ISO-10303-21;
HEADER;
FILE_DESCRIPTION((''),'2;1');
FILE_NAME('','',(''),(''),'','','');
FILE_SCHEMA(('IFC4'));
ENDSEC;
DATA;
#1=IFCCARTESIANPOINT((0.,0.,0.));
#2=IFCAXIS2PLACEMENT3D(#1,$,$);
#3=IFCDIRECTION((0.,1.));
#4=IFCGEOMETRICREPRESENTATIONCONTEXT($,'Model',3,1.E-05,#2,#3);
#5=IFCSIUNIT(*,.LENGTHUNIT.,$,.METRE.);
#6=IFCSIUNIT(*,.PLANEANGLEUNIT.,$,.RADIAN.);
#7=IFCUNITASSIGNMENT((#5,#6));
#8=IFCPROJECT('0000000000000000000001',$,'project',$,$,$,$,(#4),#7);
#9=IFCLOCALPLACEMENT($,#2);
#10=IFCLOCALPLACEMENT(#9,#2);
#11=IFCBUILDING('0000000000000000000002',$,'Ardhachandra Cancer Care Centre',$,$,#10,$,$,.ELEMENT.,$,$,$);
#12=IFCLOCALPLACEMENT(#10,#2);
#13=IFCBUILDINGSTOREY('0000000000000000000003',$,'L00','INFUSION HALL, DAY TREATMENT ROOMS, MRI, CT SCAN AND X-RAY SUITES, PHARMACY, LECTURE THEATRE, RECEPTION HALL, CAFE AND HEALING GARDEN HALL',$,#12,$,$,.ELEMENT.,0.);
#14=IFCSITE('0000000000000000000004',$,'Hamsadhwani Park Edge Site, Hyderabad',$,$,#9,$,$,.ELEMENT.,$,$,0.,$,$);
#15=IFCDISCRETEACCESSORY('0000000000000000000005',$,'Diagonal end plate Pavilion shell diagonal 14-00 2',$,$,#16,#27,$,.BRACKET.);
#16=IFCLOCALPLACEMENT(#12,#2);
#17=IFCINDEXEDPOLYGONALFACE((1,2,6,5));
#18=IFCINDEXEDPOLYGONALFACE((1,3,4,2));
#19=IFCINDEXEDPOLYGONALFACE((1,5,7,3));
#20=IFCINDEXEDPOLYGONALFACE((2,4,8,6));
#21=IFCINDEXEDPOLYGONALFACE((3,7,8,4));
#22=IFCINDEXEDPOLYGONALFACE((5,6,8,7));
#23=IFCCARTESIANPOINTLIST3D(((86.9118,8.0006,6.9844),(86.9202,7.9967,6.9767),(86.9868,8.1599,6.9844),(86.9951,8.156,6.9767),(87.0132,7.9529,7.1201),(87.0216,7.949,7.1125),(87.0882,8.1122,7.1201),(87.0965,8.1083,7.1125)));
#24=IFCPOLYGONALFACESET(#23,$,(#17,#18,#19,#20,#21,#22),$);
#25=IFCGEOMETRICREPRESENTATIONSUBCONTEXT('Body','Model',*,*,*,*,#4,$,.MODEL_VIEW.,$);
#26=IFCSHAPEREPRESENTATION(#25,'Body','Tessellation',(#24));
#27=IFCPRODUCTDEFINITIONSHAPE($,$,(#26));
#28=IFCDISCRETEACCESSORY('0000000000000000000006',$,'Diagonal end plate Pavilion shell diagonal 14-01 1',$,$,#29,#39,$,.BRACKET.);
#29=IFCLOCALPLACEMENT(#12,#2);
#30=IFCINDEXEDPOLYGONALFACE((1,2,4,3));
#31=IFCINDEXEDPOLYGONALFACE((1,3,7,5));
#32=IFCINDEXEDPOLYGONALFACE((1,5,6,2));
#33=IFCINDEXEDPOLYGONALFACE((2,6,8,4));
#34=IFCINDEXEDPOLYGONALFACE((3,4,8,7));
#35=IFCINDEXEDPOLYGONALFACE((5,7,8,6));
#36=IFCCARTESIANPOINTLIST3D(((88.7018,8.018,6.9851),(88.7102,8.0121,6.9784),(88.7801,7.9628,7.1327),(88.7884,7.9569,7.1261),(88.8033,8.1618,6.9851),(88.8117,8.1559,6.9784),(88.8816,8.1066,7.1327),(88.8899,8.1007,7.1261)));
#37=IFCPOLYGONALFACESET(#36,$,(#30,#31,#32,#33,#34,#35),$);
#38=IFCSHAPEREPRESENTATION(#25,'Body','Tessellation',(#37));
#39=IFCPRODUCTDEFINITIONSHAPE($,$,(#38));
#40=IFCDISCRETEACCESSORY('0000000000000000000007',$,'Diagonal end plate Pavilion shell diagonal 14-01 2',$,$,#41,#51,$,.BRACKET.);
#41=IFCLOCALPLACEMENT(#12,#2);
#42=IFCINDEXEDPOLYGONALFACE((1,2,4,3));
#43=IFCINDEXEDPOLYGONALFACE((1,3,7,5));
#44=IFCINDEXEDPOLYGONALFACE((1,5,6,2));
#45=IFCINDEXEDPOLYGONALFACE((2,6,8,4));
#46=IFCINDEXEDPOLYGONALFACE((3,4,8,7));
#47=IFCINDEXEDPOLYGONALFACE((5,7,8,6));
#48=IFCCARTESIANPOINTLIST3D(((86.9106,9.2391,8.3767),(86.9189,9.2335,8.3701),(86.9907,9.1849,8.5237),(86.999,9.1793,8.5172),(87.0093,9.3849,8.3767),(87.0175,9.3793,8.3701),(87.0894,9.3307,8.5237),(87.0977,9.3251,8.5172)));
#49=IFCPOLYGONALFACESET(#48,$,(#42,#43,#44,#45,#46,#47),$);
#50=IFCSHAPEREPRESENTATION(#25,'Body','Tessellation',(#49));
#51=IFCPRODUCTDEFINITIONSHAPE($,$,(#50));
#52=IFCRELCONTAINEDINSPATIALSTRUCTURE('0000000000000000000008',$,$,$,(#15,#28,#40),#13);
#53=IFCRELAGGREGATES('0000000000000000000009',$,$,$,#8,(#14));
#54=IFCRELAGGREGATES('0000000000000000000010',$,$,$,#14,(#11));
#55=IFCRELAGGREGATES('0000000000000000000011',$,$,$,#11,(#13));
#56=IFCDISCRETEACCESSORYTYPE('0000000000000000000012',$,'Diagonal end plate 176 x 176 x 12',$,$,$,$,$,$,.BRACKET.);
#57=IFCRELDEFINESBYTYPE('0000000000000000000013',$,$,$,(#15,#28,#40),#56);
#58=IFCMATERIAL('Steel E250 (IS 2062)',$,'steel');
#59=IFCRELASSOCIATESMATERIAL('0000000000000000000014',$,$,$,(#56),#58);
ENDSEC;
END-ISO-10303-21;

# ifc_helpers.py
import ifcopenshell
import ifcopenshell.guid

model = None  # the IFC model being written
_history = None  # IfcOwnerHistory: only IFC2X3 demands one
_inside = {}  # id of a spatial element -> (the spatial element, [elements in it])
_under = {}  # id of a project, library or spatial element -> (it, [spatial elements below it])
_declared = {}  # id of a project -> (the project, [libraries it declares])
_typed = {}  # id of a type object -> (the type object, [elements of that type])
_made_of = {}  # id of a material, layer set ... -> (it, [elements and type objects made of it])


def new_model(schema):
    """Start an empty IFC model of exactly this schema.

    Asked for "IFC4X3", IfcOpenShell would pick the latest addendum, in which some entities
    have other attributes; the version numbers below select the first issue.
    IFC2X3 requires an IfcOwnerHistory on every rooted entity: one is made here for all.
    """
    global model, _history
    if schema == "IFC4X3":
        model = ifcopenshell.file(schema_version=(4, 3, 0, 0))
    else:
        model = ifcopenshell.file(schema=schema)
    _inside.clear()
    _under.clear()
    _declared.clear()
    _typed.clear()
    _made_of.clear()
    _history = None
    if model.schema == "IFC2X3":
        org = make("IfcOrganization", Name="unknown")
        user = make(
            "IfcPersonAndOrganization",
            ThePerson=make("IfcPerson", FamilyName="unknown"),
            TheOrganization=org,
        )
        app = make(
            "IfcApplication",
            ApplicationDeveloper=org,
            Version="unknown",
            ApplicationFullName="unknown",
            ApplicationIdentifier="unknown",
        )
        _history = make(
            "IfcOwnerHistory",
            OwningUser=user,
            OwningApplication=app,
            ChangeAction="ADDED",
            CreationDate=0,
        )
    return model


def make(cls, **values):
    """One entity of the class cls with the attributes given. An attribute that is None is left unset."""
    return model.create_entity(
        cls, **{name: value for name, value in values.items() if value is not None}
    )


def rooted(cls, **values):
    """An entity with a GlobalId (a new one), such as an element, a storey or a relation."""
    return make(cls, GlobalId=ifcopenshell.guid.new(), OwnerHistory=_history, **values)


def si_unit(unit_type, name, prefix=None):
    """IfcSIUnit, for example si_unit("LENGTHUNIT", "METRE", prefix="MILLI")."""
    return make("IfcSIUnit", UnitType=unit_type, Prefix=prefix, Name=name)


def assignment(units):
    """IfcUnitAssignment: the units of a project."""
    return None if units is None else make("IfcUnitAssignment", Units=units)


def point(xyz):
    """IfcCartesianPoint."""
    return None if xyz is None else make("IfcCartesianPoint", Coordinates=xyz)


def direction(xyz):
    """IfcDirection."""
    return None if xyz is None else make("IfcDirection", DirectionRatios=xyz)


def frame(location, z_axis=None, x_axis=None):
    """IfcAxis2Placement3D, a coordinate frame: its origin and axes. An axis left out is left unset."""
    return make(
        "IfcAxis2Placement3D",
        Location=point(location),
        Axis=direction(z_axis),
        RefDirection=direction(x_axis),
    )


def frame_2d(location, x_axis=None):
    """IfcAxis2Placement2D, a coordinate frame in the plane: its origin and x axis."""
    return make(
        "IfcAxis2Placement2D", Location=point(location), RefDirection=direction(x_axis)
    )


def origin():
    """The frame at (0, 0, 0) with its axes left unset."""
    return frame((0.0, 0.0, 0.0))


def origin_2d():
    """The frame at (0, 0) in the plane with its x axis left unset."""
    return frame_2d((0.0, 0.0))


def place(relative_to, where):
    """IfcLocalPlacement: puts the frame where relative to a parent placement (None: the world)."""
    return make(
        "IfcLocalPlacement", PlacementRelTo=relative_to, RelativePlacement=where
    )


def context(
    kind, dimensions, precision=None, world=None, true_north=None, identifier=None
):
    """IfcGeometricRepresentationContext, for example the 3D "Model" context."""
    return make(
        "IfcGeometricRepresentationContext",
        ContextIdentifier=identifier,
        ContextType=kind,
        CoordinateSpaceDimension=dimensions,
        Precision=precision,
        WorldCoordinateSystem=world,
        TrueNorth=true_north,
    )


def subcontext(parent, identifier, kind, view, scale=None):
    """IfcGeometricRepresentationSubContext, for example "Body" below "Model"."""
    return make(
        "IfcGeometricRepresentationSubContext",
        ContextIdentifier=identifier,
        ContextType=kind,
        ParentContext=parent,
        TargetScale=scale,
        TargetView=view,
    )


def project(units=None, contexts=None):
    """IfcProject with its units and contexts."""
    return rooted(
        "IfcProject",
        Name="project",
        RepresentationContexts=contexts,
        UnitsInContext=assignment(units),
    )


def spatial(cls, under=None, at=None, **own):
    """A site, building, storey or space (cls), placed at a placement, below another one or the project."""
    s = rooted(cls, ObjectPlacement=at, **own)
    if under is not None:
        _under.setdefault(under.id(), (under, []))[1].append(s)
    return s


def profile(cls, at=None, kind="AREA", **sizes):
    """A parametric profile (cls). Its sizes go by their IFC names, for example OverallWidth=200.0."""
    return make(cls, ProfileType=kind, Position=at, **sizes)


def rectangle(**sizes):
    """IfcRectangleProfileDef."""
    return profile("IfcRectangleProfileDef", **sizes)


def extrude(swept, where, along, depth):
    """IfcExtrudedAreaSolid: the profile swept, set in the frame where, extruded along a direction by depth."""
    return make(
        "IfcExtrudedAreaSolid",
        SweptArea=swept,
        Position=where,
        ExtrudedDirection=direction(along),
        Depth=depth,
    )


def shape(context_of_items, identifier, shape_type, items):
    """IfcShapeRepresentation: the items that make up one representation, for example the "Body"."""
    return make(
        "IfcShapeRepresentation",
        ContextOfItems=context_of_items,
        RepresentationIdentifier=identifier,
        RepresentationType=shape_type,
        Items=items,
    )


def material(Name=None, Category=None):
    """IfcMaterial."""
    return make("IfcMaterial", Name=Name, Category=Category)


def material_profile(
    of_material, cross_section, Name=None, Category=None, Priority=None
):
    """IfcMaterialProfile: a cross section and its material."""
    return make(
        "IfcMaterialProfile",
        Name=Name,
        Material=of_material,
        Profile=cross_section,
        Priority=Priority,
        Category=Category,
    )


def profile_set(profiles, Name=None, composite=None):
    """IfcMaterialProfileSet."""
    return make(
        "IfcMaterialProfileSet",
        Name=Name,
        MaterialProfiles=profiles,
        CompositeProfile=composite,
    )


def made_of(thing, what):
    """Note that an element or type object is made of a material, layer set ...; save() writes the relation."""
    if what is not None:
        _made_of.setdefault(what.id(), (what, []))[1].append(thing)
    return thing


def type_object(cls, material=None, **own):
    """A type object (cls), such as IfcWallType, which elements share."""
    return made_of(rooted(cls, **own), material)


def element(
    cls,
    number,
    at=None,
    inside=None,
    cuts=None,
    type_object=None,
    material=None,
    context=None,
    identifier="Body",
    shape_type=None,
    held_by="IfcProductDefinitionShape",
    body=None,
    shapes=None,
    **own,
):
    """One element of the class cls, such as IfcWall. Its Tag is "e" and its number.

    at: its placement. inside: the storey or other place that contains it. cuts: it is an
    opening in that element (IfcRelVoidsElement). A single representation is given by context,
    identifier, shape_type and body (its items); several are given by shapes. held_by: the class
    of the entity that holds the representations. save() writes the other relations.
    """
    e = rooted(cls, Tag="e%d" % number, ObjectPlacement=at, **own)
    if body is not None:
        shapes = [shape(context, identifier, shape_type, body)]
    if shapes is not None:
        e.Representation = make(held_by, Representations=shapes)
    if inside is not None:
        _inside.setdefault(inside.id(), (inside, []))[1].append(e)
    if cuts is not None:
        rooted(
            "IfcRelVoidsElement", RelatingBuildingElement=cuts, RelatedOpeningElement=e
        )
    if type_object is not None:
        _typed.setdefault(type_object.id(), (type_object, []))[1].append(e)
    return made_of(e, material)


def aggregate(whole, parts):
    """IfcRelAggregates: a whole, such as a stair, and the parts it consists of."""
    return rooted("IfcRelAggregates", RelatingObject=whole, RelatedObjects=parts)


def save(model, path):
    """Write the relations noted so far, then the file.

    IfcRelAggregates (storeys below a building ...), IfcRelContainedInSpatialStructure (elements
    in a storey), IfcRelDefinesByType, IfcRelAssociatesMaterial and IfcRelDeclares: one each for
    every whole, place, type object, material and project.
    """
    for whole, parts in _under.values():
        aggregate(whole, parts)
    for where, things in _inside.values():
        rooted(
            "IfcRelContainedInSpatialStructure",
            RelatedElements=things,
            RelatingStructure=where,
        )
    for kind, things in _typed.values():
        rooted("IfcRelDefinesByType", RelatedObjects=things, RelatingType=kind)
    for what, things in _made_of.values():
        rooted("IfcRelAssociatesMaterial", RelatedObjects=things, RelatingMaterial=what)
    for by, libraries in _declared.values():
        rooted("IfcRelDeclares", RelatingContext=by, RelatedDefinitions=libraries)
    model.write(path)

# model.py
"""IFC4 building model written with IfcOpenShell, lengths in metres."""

from ifc_helpers import new_model, si_unit, direction, frame, origin, origin_2d, place, context, subcontext, project, spatial, rectangle, extrude, material, material_profile, profile_set, type_object, element, save


model = new_model("IFC4")

# Units and contexts
model_context = context("Model", 3, precision=1e-05, world=origin(), true_north=direction((0.0, 1.0)))
body_context = subcontext(model_context, "Body", "Model", "MODEL_VIEW")
ifc_project = project(units=[si_unit("LENGTHUNIT", "METRE"), si_unit("PLANEANGLEUNIT", "RADIAN")], contexts=[model_context])

# Site, building, storey
site_placement = place(None, origin())
site = spatial("IfcSite", under=ifc_project, at=site_placement, Name="Hamsadhwani Park Edge Site, Hyderabad", CompositionType="ELEMENT", RefElevation=0.0)
building_placement = place(site_placement, origin())
building = spatial("IfcBuilding", under=site, at=building_placement, Name="Ardhachandra Cancer Care Centre", CompositionType="ELEMENT")
storey_placement = place(building_placement, origin())
storey = spatial("IfcBuildingStorey", under=building, at=storey_placement, Name="L00", Description="INFUSION HALL, DAY TREATMENT ROOMS, MRI, CT SCAN AND X-RAY SUITES, PHARMACY, LECTURE THEATRE, RECEPTION HALL, CAFE AND HEALING GARDEN HALL", CompositionType="ELEMENT", Elevation=0.0)

# Discrete accessories
ifc_material_1 = material(Name="Steel E250 (IS 2062)", Category="steel")
ifc_material_profile_1 = material_profile(ifc_material_1, rectangle(XDim=0.176, YDim=0.176, at=origin_2d()), Name="PL 176x176x12")
ifc_profile_set_1 = profile_set([ifc_material_profile_1], Name="Steel E250 (IS 2062)")
discrete_accessory_type = type_object("IfcDiscreteAccessoryType", Name="Diagonal end plate 176 x 176 x 12", PredefinedType="BRACKET", material=ifc_profile_set_1)
for number, where, z_axis, x_axis, name in (
    (1, (87.0, 8.0564, 7.0522), (0.697959, -0.328451, -0.636375), (0.425797, 0.904819, 0.0), "Diagonal end plate Pavilion shell diagonal 14-00 2"),
):
    element("IfcDiscreteAccessory", number, at=place(storey_placement, frame(where, z_axis=z_axis, x_axis=x_axis)), inside=storey, type_object=discrete_accessory_type, Name=name, PredefinedType="BRACKET", context=body_context, shape_type="SweptSolid", body=[
        extrude(rectangle(XDim=0.176, YDim=0.176, at=origin_2d()), origin(), (0.0, 0.0, 1.0), 0.012),
    ])
discrete_accessory_1_placement = place(storey_placement, frame((88.8, 8.0564, 7.0522), z_axis=(-0.685367, 0.483788, 0.544262), x_axis=(-0.576683, -0.816968, 0.0)))
element("IfcDiscreteAccessory", 2, at=discrete_accessory_1_placement, inside=storey, type_object=discrete_accessory_type, Name="Diagonal end plate Pavilion shell diagonal 14-01 1", PredefinedType="BRACKET", context=body_context, shape_type="SweptSolid", body=[
    extrude(rectangle(XDim=0.176, YDim=0.176, at=origin_2d()), origin(), (0.0, 0.0, 1.0), 0.0122),
])
discrete_accessory_2_placement = place(storey_placement, frame((87.0, 9.2849, 8.4502), z_axis=(0.692007, -0.468122, -0.549535), x_axis=(0.560309, 0.828283, 0.0)))
element("IfcDiscreteAccessory", 3, at=discrete_accessory_2_placement, inside=storey, type_object=discrete_accessory_type, Name="Diagonal end plate Pavilion shell diagonal 14-01 2", PredefinedType="BRACKET", context=body_context, shape_type="SweptSolid", body=[
    extrude(rectangle(XDim=0.176, YDim=0.176, at=origin_2d()), origin(), (0.0, 0.0, 1.0), 0.012),
])

save(model, "model.ifc")
